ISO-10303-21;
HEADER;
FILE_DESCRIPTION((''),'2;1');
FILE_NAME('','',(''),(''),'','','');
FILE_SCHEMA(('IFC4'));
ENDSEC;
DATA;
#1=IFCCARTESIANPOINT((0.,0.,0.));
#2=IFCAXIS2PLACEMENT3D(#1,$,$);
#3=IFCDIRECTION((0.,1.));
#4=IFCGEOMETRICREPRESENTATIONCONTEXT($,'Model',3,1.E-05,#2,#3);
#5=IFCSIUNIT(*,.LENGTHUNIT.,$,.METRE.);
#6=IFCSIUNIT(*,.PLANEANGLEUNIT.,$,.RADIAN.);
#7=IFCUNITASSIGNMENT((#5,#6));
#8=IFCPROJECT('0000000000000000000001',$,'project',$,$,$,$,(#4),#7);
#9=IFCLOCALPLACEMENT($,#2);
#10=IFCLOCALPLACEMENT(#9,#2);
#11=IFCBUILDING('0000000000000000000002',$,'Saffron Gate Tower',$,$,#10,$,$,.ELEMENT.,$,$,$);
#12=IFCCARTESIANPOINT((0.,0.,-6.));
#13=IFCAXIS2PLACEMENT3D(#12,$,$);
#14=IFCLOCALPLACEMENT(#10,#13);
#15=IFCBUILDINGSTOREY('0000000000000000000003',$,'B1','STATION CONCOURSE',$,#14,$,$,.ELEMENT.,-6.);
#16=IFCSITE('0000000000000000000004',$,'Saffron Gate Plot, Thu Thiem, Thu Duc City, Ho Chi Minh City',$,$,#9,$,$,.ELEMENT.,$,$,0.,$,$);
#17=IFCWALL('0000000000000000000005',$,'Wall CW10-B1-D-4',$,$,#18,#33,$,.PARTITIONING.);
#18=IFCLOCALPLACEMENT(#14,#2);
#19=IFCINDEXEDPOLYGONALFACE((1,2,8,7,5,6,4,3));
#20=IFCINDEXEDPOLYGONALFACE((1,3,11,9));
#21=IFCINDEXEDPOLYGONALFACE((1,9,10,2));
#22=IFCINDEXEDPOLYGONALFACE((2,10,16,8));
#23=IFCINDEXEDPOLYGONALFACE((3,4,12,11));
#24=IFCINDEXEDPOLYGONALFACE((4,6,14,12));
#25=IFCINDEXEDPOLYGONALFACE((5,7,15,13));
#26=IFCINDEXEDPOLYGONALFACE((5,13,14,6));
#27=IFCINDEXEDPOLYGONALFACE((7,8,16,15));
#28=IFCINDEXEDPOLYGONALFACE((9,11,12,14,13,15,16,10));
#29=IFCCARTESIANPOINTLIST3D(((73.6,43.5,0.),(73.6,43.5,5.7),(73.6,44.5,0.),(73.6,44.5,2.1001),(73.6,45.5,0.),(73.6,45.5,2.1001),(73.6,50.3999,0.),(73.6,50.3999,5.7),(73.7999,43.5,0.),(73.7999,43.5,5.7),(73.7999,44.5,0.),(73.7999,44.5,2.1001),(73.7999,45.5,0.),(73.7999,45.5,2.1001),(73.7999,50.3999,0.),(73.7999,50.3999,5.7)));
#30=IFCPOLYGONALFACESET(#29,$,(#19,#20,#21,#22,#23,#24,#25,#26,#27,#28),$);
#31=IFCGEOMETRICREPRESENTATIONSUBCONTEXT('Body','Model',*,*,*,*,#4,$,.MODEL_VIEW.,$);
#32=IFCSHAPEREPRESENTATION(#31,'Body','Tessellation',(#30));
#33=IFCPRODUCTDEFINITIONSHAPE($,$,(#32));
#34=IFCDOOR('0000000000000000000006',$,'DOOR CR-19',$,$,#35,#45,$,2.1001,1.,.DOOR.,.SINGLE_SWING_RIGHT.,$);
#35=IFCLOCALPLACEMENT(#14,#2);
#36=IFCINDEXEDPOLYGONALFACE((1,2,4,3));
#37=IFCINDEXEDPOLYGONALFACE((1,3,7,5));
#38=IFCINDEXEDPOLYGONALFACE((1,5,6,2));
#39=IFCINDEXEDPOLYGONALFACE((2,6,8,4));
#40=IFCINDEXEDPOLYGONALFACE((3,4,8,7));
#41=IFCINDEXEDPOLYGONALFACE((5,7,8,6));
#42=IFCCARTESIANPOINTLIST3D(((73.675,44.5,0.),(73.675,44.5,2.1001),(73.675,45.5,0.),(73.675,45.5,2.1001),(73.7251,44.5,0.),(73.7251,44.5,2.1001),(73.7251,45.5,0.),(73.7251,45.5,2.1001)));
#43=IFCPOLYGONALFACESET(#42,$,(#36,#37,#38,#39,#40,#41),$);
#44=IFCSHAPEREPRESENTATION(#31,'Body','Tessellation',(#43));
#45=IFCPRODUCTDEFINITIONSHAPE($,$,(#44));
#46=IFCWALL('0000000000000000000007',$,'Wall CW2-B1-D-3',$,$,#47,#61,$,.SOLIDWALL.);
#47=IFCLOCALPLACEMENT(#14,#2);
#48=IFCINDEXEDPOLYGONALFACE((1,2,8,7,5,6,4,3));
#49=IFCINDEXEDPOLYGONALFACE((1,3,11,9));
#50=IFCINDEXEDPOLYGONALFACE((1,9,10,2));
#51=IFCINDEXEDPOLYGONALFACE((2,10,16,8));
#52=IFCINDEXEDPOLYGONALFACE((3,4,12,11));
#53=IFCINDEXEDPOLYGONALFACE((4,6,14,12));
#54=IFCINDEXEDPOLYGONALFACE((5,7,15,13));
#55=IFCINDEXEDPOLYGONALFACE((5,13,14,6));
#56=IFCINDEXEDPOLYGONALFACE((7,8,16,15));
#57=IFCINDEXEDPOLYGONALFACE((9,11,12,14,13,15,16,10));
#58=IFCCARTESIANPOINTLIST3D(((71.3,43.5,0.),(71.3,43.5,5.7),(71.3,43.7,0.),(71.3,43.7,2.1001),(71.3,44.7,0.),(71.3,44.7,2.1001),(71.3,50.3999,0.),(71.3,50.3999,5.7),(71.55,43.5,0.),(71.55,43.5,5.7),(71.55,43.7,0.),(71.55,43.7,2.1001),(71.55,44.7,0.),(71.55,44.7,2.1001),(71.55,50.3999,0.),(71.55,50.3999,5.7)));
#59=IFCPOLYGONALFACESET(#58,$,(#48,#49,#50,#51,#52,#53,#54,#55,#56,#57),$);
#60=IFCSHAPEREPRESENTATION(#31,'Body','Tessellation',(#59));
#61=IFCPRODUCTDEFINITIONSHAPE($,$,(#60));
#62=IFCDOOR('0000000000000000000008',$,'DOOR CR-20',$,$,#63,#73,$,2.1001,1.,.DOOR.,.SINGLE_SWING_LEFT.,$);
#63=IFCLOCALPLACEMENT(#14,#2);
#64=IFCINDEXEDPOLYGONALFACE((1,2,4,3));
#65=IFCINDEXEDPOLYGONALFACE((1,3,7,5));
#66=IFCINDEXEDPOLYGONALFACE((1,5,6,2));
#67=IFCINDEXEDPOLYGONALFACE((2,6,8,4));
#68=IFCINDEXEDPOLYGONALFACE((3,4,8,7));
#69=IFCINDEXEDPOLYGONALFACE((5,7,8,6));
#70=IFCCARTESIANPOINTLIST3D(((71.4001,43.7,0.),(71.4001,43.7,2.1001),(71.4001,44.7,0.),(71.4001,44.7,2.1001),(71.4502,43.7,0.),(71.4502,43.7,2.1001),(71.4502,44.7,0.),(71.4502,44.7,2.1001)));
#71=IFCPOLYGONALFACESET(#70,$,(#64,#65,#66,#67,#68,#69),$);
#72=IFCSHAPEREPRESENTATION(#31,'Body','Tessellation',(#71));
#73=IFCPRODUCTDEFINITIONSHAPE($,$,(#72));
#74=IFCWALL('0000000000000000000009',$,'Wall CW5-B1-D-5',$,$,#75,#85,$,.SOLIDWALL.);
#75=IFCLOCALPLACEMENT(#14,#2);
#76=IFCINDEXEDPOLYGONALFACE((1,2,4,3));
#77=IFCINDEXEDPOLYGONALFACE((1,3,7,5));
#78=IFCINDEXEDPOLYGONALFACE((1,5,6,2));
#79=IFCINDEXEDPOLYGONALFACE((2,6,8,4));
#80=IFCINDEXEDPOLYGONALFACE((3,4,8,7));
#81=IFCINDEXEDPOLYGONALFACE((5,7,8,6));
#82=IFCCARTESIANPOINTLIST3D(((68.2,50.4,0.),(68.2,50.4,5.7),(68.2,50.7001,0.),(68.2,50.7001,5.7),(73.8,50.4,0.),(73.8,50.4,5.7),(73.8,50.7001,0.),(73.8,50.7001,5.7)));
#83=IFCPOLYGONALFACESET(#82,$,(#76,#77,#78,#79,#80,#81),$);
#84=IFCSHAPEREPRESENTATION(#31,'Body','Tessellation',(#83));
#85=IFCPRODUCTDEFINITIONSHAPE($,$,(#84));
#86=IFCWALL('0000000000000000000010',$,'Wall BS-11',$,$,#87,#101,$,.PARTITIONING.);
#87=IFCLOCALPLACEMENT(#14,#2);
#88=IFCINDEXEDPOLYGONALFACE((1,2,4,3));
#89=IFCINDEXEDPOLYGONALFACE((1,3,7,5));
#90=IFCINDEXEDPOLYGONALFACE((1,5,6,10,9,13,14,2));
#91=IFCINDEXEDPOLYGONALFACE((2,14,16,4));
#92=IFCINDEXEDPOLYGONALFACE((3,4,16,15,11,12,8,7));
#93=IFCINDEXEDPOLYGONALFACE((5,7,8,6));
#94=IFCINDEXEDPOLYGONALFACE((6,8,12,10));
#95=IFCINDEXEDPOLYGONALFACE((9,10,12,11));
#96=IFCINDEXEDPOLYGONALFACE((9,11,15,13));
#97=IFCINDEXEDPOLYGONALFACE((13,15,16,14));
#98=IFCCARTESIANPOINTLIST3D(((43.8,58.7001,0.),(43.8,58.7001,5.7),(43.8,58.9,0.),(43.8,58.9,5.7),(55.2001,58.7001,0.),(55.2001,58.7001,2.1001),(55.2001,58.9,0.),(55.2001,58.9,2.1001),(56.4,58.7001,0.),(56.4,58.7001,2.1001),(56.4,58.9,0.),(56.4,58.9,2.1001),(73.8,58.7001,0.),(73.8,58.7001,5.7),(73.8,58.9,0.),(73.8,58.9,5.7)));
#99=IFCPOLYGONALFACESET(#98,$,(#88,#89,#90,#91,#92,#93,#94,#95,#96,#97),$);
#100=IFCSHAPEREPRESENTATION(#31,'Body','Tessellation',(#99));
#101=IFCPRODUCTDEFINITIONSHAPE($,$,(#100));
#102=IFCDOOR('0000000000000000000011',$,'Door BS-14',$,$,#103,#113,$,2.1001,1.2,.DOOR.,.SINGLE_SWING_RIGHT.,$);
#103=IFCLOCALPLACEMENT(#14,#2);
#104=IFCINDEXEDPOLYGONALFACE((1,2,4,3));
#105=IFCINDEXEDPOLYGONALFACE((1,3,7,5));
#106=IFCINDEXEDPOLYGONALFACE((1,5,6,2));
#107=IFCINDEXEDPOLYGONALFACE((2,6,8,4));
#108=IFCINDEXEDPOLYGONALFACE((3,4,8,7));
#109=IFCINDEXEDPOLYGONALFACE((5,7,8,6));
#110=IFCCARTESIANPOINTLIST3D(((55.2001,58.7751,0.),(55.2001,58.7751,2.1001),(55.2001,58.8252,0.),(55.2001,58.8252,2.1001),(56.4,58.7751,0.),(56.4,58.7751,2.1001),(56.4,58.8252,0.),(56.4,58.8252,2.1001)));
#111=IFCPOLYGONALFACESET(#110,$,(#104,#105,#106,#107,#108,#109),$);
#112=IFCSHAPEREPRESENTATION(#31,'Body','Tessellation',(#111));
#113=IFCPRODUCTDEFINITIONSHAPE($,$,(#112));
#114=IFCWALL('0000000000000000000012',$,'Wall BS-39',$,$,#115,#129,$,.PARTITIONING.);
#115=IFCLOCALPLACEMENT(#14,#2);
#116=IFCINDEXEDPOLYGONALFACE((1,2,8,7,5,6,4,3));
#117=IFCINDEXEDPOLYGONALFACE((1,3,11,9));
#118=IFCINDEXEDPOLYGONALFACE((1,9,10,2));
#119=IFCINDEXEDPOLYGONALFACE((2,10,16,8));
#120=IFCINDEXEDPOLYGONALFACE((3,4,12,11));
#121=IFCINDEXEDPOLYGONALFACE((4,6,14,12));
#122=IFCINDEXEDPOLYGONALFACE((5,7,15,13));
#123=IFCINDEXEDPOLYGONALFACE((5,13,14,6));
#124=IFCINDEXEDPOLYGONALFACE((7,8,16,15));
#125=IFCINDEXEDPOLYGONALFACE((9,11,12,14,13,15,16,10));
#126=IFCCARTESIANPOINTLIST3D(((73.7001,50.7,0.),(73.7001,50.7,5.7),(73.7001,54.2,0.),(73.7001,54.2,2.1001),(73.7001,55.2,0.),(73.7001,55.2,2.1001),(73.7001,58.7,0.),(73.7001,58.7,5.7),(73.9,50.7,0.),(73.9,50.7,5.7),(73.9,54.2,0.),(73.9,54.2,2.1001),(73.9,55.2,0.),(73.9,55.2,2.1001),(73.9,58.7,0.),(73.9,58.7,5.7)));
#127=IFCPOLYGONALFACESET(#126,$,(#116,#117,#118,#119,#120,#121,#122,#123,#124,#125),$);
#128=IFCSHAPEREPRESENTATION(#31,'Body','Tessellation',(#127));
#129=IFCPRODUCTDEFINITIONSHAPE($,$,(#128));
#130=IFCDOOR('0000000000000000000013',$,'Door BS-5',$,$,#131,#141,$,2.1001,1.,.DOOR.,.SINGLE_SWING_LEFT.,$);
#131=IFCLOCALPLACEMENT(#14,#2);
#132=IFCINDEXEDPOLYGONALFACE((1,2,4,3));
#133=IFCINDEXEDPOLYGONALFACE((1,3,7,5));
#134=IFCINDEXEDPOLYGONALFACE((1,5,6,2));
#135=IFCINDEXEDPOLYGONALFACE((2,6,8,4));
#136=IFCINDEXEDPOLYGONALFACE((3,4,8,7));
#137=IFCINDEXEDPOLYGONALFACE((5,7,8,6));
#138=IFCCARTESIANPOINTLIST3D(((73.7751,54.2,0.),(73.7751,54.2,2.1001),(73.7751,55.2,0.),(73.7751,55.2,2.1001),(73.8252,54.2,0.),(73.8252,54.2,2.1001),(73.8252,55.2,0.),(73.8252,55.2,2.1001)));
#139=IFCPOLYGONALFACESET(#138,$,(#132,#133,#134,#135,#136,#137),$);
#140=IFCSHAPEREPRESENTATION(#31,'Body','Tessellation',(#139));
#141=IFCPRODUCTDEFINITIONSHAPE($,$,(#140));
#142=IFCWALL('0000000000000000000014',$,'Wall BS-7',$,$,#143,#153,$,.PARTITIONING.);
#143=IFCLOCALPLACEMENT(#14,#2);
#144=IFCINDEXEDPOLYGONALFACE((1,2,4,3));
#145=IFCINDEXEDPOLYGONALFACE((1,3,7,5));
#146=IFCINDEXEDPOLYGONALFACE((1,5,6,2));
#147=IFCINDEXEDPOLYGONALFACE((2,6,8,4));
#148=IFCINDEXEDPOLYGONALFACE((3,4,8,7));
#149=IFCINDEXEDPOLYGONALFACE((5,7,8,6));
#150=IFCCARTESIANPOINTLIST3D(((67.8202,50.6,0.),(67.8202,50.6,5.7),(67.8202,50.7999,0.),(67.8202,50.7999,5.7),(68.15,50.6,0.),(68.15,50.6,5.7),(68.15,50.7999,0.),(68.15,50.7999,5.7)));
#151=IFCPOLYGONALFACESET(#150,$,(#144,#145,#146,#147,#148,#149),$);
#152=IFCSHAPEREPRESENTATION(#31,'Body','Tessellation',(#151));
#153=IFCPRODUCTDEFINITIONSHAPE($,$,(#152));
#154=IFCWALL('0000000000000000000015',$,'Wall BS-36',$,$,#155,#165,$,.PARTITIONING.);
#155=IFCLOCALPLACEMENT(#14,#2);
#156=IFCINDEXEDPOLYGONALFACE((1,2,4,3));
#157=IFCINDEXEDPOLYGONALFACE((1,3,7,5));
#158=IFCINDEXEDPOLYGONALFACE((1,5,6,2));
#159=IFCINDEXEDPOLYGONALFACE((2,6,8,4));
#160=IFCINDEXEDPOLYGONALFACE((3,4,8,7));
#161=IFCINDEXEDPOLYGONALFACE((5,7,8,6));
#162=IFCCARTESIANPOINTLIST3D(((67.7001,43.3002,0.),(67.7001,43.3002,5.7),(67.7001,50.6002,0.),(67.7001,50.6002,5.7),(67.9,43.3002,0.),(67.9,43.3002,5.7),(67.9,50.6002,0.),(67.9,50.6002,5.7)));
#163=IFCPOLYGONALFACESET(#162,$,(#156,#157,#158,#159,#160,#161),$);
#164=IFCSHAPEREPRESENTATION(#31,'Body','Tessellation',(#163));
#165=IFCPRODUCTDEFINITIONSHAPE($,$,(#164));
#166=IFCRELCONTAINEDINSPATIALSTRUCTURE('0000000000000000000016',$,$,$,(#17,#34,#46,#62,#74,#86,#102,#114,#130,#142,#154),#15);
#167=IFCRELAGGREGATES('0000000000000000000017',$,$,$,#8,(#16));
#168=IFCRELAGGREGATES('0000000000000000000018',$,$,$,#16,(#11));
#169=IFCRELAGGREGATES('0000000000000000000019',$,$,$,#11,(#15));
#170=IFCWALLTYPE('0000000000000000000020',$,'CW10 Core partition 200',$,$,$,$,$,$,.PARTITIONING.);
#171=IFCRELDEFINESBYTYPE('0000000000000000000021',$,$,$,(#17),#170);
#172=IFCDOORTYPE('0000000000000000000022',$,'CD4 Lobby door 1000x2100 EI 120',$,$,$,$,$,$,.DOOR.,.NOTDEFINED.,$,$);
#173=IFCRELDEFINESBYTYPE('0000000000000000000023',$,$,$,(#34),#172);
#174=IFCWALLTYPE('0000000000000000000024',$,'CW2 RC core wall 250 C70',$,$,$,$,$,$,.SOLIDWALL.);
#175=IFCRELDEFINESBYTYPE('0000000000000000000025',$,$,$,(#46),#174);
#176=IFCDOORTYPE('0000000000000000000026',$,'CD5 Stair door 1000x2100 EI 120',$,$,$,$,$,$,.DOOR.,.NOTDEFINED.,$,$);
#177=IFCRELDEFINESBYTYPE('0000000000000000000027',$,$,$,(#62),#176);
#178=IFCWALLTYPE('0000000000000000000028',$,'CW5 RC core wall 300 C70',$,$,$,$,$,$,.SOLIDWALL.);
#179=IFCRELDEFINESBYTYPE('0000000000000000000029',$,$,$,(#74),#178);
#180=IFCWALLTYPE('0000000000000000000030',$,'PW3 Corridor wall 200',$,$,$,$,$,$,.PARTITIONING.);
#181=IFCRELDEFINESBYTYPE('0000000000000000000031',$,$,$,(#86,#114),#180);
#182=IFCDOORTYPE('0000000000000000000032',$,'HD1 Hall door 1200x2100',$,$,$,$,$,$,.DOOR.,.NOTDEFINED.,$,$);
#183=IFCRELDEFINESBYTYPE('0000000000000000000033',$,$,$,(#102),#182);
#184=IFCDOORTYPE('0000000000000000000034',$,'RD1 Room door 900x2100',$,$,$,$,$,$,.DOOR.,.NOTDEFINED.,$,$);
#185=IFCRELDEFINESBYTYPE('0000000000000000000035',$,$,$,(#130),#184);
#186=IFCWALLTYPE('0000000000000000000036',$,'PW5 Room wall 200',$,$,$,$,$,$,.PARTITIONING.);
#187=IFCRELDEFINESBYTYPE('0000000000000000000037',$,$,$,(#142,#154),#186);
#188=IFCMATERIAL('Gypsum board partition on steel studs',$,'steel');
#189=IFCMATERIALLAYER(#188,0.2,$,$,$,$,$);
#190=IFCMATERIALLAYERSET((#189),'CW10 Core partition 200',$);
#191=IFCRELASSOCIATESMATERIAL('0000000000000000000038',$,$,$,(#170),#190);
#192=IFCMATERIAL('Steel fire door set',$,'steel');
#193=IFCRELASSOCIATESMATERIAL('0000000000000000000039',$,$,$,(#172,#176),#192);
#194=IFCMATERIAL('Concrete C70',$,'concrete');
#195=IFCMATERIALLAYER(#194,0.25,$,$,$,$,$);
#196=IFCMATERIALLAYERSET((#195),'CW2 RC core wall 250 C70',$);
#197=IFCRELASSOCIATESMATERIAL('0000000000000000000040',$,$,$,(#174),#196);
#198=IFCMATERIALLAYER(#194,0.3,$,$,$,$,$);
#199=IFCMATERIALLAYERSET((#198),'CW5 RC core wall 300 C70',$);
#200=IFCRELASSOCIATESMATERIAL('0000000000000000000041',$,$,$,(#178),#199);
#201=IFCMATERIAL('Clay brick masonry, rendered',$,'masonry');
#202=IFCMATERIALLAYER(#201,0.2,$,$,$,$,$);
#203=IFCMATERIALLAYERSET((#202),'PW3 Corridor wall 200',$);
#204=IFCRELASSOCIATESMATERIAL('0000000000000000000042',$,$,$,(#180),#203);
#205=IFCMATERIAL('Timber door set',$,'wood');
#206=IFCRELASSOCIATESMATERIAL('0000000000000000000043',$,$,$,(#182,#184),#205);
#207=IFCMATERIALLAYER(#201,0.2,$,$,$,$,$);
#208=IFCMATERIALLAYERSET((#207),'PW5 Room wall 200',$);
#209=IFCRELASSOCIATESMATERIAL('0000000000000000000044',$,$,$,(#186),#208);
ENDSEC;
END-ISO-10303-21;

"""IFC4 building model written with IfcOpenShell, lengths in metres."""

from ifc_helpers import new_model, si_unit, direction, frame, frame_2d, origin, place, context, subcontext, project, spatial, rectangle, extrude, material, layer, layer_set, type_object, element, fill, save


model = new_model("IFC4")

# Units and contexts
model_context = context("Model", 3, precision=1e-05, world=origin(), true_north=direction((0.0, 1.0)))
body_context = subcontext(model_context, "Body", "Model", "MODEL_VIEW")
ifc_project = project(units=[si_unit("LENGTHUNIT", "METRE"), si_unit("PLANEANGLEUNIT", "RADIAN")], contexts=[model_context])

# Site, building, storey
site_placement = place(None, origin())
site = spatial("IfcSite", under=ifc_project, at=site_placement, Name="Saffron Gate Plot, Thu Thiem, Thu Duc City, Ho Chi Minh City", CompositionType="ELEMENT", RefElevation=0.0)
building_placement = place(site_placement, origin())
building = spatial("IfcBuilding", under=site, at=building_placement, Name="Saffron Gate Tower", CompositionType="ELEMENT")
storey_placement = place(building_placement, frame((0.0, 0.0, -6.0)))
storey = spatial("IfcBuildingStorey", under=building, at=storey_placement, Name="B1", Description="STATION CONCOURSE", CompositionType="ELEMENT", Elevation=-6.0)

# Walls, openings, doors
ifc_material_1 = material(Name="Gypsum board partition on steel studs", Category="steel")
ifc_layer_1 = layer(ifc_material_1, 0.2)
ifc_layer_set_1 = layer_set([ifc_layer_1], Name="CW10 Core partition 200")
wall_type_1 = type_object("IfcWallType", Name="CW10 Core partition 200", PredefinedType="PARTITIONING", material=ifc_layer_set_1)
wall_1_placement = place(storey_placement, frame((73.7, 43.5, 0.0), z_axis=(0.0, 0.0, 1.0), x_axis=(0.0, 1.0, 0.0)))
wall_1 = element("IfcWall", 1, at=wall_1_placement, inside=storey, type_object=wall_type_1, Name="Wall CW10-B1-D-4", PredefinedType="PARTITIONING", context=body_context, shape_type="SweptSolid", body=[
    extrude(rectangle(XDim=6.8999, YDim=0.2, at=frame_2d((3.45, 0.0))), origin(), (0.0, 0.0, 1.0), 5.7),
])
opening_1_placement = place(wall_1_placement, frame((1.0, 0.0, 0.0)))
opening_1 = element("IfcOpeningElement", 2, at=opening_1_placement, cuts=wall_1, PredefinedType="OPENING", context=body_context, shape_type="SweptSolid", body=[
    extrude(rectangle(XDim=1.0, YDim=2.1001, at=frame_2d((0.5, 1.05))), frame((0.0, 0.1099, 0.0), z_axis=(0.0, -1.0, 0.0), x_axis=(1.0, 0.0, 0.0)), (0.0, 0.0, 1.0), 0.22),
])
ifc_material_2 = material(Name="Steel fire door set", Category="steel")
door_type_1 = type_object("IfcDoorType", Name="CD4 Lobby door 1000x2100 EI 120", OperationType="NOTDEFINED", PredefinedType="DOOR", material=ifc_material_2)
door_1_placement = place(opening_1_placement, origin())
door_1 = element("IfcDoor", 3, at=door_1_placement, inside=storey, type_object=door_type_1, Name="DOOR CR-19", OperationType="SINGLE_SWING_RIGHT", OverallHeight=2.1001, OverallWidth=1.0, PredefinedType="DOOR", context=body_context, shape_type="SweptSolid", body=[
    extrude(rectangle(XDim=1.0, YDim=2.1001, at=frame_2d((0.5, 1.05))), frame((0.0, 0.0249, 0.0), z_axis=(0.0, -1.0, 0.0), x_axis=(1.0, 0.0, 0.0)), (0.0, 0.0, 1.0), 0.05),
])
fill(opening_1, door_1)
ifc_material_3 = material(Name="Concrete C70", Category="concrete")
ifc_layer_2 = layer(ifc_material_3, 0.25)
ifc_layer_set_2 = layer_set([ifc_layer_2], Name="CW2 RC core wall 250 C70")
wall_type_2 = type_object("IfcWallType", Name="CW2 RC core wall 250 C70", PredefinedType="SOLIDWALL", material=ifc_layer_set_2)
wall_2_placement = place(storey_placement, frame((71.425, 43.5, 0.0), z_axis=(0.0, 0.0, 1.0), x_axis=(0.0, 1.0, 0.0)))
wall_2 = element("IfcWall", 4, at=wall_2_placement, inside=storey, type_object=wall_type_2, Name="Wall CW2-B1-D-3", PredefinedType="SOLIDWALL", context=body_context, shape_type="SweptSolid", body=[
    extrude(rectangle(XDim=6.8999, YDim=0.25, at=frame_2d((3.45, 0.0))), origin(), (0.0, 0.0, 1.0), 5.7),
])
opening_2_placement = place(wall_2_placement, frame((0.2, 0.0, 0.0)))
opening_2 = element("IfcOpeningElement", 5, at=opening_2_placement, cuts=wall_2, PredefinedType="OPENING", context=body_context, shape_type="SweptSolid", body=[
    extrude(rectangle(XDim=1.0, YDim=2.1001, at=frame_2d((0.5, 1.05))), frame((0.0, 0.135, 0.0), z_axis=(0.0, -1.0, 0.0), x_axis=(1.0, 0.0, 0.0)), (0.0, 0.0, 1.0), 0.27),
])
door_type_2 = type_object("IfcDoorType", Name="CD5 Stair door 1000x2100 EI 120", OperationType="NOTDEFINED", PredefinedType="DOOR", material=ifc_material_2)
door_2_placement = place(opening_2_placement, origin())
door_2 = element("IfcDoor", 6, at=door_2_placement, inside=storey, type_object=door_type_2, Name="DOOR CR-20", OperationType="SINGLE_SWING_LEFT", OverallHeight=2.1001, OverallWidth=1.0, PredefinedType="DOOR", context=body_context, shape_type="SweptSolid", body=[
    extrude(rectangle(XDim=1.0, YDim=2.1001, at=frame_2d((0.5, 1.05))), frame((0.0, 0.0249, 0.0), z_axis=(0.0, -1.0, 0.0), x_axis=(1.0, 0.0, 0.0)), (0.0, 0.0, 1.0), 0.05),
])
fill(opening_2, door_2)

# Wall
ifc_layer_3 = layer(ifc_material_3, 0.3)
ifc_layer_set_3 = layer_set([ifc_layer_3], Name="CW5 RC core wall 300 C70")
wall_type_3 = type_object("IfcWallType", Name="CW5 RC core wall 300 C70", PredefinedType="SOLIDWALL", material=ifc_layer_set_3)
wall_3_placement = place(storey_placement, frame((68.2, 50.55, 0.0), z_axis=(0.0, 0.0, 1.0), x_axis=(1.0, 0.0, 0.0)))
element("IfcWall", 7, at=wall_3_placement, inside=storey, type_object=wall_type_3, Name="Wall CW5-B1-D-5", PredefinedType="SOLIDWALL", context=body_context, shape_type="SweptSolid", body=[
    extrude(rectangle(XDim=5.6001, YDim=0.3, at=frame_2d((2.8, 0.0))), origin(), (0.0, 0.0, 1.0), 5.7),
])

# Walls, openings, doors
ifc_material_4 = material(Name="Clay brick masonry, rendered", Category="masonry")
ifc_layer_4 = layer(ifc_material_4, 0.2)
ifc_layer_set_4 = layer_set([ifc_layer_4], Name="PW3 Corridor wall 200")
wall_type_4 = type_object("IfcWallType", Name="PW3 Corridor wall 200", PredefinedType="PARTITIONING", material=ifc_layer_set_4)
wall_4_placement = place(storey_placement, frame((73.8, 58.8, 0.0), z_axis=(0.0, 0.0, 1.0), x_axis=(-1.0, 0.0, 0.0)))
wall_4 = element("IfcWall", 8, at=wall_4_placement, inside=storey, type_object=wall_type_4, Name="Wall BS-11", PredefinedType="PARTITIONING", context=body_context, shape_type="SweptSolid", body=[
    extrude(rectangle(XDim=30.0, YDim=0.2, at=frame_2d((15.0, 0.0))), origin(), (0.0, 0.0, 1.0), 5.7),
])
opening_3_placement = place(wall_4_placement, frame((17.3999, 0.0, 0.0)))
opening_3 = element("IfcOpeningElement", 9, at=opening_3_placement, cuts=wall_4, PredefinedType="OPENING", context=body_context, shape_type="SweptSolid", body=[
    extrude(rectangle(XDim=1.2, YDim=2.1001, at=frame_2d((0.6001, 1.05))), frame((0.0, 0.1099, 0.0), z_axis=(0.0, -1.0, 0.0), x_axis=(1.0, 0.0, 0.0)), (0.0, 0.0, 1.0), 0.22),
])
ifc_material_5 = material(Name="Timber door set", Category="wood")
door_type_3 = type_object("IfcDoorType", Name="HD1 Hall door 1200x2100", OperationType="NOTDEFINED", PredefinedType="DOOR", material=ifc_material_5)
door_3_placement = place(opening_3_placement, origin())
door_3 = element("IfcDoor", 10, at=door_3_placement, inside=storey, type_object=door_type_3, Name="Door BS-14", OperationType="SINGLE_SWING_RIGHT", OverallHeight=2.1001, OverallWidth=1.2, PredefinedType="DOOR", context=body_context, shape_type="SweptSolid", body=[
    extrude(rectangle(XDim=1.2, YDim=2.1001, at=frame_2d((0.6001, 1.05))), frame((0.0, 0.0249, 0.0), z_axis=(0.0, -1.0, 0.0), x_axis=(1.0, 0.0, 0.0)), (0.0, 0.0, 1.0), 0.05),
])
fill(opening_3, door_3)
wall_5_placement = place(storey_placement, frame((73.8, 50.7, 0.0), z_axis=(0.0, 0.0, 1.0), x_axis=(0.0, 1.0, 0.0)))
wall_5 = element("IfcWall", 11, at=wall_5_placement, inside=storey, type_object=wall_type_4, Name="Wall BS-39", PredefinedType="PARTITIONING", context=body_context, shape_type="SweptSolid", body=[
    extrude(rectangle(XDim=8.0, YDim=0.2, at=frame_2d((4.0, 0.0))), origin(), (0.0, 0.0, 1.0), 5.7),
])
opening_4_placement = place(wall_5_placement, frame((3.5, 0.0, 0.0)))
opening_4 = element("IfcOpeningElement", 12, at=opening_4_placement, cuts=wall_5, PredefinedType="OPENING", context=body_context, shape_type="SweptSolid", body=[
    extrude(rectangle(XDim=1.0, YDim=2.1001, at=frame_2d((0.5, 1.05))), frame((0.0, 0.1099, 0.0), z_axis=(0.0, -1.0, 0.0), x_axis=(1.0, 0.0, 0.0)), (0.0, 0.0, 1.0), 0.22),
])
door_type_4 = type_object("IfcDoorType", Name="RD1 Room door 900x2100", OperationType="NOTDEFINED", PredefinedType="DOOR", material=ifc_material_5)
door_4_placement = place(opening_4_placement, origin())
door_4 = element("IfcDoor", 13, at=door_4_placement, inside=storey, type_object=door_type_4, Name="Door BS-5", OperationType="SINGLE_SWING_LEFT", OverallHeight=2.1001, OverallWidth=1.0, PredefinedType="DOOR", context=body_context, shape_type="SweptSolid", body=[
    extrude(rectangle(XDim=1.0, YDim=2.1001, at=frame_2d((0.5, 1.05))), frame((0.0, 0.0249, 0.0), z_axis=(0.0, -1.0, 0.0), x_axis=(1.0, 0.0, 0.0)), (0.0, 0.0, 1.0), 0.05),
])
fill(opening_4, door_4)

# Walls
ifc_layer_5 = layer(ifc_material_4, 0.2)
ifc_layer_set_5 = layer_set([ifc_layer_5], Name="PW5 Room wall 200")
wall_type_5 = type_object("IfcWallType", Name="PW5 Room wall 200", PredefinedType="PARTITIONING", material=ifc_layer_set_5)
wall_6_placement = place(storey_placement, frame((67.8201, 50.7, 0.0), z_axis=(0.0, 0.0, 1.0), x_axis=(1.0, 0.0, 0.0)))
element("IfcWall", 14, at=wall_6_placement, inside=storey, type_object=wall_type_5, Name="Wall BS-7", PredefinedType="PARTITIONING", context=body_context, shape_type="SweptSolid", body=[
    extrude(rectangle(XDim=0.3298, YDim=0.2, at=frame_2d((0.165, 0.0))), origin(), (0.0, 0.0, 1.0), 5.7),
])
wall_7_placement = place(storey_placement, frame((67.8, 50.6001, 0.0), z_axis=(0.0, 0.0, 1.0), x_axis=(0.0, -1.0, 0.0)))
element("IfcWall", 15, at=wall_7_placement, inside=storey, type_object=wall_type_5, Name="Wall BS-36", PredefinedType="PARTITIONING", context=body_context, shape_type="SweptSolid", body=[
    extrude(rectangle(XDim=7.3, YDim=0.2, at=frame_2d((3.6499, 0.0))), origin(), (0.0, 0.0, 1.0), 5.7),
])

save(model, "model.ifc")
